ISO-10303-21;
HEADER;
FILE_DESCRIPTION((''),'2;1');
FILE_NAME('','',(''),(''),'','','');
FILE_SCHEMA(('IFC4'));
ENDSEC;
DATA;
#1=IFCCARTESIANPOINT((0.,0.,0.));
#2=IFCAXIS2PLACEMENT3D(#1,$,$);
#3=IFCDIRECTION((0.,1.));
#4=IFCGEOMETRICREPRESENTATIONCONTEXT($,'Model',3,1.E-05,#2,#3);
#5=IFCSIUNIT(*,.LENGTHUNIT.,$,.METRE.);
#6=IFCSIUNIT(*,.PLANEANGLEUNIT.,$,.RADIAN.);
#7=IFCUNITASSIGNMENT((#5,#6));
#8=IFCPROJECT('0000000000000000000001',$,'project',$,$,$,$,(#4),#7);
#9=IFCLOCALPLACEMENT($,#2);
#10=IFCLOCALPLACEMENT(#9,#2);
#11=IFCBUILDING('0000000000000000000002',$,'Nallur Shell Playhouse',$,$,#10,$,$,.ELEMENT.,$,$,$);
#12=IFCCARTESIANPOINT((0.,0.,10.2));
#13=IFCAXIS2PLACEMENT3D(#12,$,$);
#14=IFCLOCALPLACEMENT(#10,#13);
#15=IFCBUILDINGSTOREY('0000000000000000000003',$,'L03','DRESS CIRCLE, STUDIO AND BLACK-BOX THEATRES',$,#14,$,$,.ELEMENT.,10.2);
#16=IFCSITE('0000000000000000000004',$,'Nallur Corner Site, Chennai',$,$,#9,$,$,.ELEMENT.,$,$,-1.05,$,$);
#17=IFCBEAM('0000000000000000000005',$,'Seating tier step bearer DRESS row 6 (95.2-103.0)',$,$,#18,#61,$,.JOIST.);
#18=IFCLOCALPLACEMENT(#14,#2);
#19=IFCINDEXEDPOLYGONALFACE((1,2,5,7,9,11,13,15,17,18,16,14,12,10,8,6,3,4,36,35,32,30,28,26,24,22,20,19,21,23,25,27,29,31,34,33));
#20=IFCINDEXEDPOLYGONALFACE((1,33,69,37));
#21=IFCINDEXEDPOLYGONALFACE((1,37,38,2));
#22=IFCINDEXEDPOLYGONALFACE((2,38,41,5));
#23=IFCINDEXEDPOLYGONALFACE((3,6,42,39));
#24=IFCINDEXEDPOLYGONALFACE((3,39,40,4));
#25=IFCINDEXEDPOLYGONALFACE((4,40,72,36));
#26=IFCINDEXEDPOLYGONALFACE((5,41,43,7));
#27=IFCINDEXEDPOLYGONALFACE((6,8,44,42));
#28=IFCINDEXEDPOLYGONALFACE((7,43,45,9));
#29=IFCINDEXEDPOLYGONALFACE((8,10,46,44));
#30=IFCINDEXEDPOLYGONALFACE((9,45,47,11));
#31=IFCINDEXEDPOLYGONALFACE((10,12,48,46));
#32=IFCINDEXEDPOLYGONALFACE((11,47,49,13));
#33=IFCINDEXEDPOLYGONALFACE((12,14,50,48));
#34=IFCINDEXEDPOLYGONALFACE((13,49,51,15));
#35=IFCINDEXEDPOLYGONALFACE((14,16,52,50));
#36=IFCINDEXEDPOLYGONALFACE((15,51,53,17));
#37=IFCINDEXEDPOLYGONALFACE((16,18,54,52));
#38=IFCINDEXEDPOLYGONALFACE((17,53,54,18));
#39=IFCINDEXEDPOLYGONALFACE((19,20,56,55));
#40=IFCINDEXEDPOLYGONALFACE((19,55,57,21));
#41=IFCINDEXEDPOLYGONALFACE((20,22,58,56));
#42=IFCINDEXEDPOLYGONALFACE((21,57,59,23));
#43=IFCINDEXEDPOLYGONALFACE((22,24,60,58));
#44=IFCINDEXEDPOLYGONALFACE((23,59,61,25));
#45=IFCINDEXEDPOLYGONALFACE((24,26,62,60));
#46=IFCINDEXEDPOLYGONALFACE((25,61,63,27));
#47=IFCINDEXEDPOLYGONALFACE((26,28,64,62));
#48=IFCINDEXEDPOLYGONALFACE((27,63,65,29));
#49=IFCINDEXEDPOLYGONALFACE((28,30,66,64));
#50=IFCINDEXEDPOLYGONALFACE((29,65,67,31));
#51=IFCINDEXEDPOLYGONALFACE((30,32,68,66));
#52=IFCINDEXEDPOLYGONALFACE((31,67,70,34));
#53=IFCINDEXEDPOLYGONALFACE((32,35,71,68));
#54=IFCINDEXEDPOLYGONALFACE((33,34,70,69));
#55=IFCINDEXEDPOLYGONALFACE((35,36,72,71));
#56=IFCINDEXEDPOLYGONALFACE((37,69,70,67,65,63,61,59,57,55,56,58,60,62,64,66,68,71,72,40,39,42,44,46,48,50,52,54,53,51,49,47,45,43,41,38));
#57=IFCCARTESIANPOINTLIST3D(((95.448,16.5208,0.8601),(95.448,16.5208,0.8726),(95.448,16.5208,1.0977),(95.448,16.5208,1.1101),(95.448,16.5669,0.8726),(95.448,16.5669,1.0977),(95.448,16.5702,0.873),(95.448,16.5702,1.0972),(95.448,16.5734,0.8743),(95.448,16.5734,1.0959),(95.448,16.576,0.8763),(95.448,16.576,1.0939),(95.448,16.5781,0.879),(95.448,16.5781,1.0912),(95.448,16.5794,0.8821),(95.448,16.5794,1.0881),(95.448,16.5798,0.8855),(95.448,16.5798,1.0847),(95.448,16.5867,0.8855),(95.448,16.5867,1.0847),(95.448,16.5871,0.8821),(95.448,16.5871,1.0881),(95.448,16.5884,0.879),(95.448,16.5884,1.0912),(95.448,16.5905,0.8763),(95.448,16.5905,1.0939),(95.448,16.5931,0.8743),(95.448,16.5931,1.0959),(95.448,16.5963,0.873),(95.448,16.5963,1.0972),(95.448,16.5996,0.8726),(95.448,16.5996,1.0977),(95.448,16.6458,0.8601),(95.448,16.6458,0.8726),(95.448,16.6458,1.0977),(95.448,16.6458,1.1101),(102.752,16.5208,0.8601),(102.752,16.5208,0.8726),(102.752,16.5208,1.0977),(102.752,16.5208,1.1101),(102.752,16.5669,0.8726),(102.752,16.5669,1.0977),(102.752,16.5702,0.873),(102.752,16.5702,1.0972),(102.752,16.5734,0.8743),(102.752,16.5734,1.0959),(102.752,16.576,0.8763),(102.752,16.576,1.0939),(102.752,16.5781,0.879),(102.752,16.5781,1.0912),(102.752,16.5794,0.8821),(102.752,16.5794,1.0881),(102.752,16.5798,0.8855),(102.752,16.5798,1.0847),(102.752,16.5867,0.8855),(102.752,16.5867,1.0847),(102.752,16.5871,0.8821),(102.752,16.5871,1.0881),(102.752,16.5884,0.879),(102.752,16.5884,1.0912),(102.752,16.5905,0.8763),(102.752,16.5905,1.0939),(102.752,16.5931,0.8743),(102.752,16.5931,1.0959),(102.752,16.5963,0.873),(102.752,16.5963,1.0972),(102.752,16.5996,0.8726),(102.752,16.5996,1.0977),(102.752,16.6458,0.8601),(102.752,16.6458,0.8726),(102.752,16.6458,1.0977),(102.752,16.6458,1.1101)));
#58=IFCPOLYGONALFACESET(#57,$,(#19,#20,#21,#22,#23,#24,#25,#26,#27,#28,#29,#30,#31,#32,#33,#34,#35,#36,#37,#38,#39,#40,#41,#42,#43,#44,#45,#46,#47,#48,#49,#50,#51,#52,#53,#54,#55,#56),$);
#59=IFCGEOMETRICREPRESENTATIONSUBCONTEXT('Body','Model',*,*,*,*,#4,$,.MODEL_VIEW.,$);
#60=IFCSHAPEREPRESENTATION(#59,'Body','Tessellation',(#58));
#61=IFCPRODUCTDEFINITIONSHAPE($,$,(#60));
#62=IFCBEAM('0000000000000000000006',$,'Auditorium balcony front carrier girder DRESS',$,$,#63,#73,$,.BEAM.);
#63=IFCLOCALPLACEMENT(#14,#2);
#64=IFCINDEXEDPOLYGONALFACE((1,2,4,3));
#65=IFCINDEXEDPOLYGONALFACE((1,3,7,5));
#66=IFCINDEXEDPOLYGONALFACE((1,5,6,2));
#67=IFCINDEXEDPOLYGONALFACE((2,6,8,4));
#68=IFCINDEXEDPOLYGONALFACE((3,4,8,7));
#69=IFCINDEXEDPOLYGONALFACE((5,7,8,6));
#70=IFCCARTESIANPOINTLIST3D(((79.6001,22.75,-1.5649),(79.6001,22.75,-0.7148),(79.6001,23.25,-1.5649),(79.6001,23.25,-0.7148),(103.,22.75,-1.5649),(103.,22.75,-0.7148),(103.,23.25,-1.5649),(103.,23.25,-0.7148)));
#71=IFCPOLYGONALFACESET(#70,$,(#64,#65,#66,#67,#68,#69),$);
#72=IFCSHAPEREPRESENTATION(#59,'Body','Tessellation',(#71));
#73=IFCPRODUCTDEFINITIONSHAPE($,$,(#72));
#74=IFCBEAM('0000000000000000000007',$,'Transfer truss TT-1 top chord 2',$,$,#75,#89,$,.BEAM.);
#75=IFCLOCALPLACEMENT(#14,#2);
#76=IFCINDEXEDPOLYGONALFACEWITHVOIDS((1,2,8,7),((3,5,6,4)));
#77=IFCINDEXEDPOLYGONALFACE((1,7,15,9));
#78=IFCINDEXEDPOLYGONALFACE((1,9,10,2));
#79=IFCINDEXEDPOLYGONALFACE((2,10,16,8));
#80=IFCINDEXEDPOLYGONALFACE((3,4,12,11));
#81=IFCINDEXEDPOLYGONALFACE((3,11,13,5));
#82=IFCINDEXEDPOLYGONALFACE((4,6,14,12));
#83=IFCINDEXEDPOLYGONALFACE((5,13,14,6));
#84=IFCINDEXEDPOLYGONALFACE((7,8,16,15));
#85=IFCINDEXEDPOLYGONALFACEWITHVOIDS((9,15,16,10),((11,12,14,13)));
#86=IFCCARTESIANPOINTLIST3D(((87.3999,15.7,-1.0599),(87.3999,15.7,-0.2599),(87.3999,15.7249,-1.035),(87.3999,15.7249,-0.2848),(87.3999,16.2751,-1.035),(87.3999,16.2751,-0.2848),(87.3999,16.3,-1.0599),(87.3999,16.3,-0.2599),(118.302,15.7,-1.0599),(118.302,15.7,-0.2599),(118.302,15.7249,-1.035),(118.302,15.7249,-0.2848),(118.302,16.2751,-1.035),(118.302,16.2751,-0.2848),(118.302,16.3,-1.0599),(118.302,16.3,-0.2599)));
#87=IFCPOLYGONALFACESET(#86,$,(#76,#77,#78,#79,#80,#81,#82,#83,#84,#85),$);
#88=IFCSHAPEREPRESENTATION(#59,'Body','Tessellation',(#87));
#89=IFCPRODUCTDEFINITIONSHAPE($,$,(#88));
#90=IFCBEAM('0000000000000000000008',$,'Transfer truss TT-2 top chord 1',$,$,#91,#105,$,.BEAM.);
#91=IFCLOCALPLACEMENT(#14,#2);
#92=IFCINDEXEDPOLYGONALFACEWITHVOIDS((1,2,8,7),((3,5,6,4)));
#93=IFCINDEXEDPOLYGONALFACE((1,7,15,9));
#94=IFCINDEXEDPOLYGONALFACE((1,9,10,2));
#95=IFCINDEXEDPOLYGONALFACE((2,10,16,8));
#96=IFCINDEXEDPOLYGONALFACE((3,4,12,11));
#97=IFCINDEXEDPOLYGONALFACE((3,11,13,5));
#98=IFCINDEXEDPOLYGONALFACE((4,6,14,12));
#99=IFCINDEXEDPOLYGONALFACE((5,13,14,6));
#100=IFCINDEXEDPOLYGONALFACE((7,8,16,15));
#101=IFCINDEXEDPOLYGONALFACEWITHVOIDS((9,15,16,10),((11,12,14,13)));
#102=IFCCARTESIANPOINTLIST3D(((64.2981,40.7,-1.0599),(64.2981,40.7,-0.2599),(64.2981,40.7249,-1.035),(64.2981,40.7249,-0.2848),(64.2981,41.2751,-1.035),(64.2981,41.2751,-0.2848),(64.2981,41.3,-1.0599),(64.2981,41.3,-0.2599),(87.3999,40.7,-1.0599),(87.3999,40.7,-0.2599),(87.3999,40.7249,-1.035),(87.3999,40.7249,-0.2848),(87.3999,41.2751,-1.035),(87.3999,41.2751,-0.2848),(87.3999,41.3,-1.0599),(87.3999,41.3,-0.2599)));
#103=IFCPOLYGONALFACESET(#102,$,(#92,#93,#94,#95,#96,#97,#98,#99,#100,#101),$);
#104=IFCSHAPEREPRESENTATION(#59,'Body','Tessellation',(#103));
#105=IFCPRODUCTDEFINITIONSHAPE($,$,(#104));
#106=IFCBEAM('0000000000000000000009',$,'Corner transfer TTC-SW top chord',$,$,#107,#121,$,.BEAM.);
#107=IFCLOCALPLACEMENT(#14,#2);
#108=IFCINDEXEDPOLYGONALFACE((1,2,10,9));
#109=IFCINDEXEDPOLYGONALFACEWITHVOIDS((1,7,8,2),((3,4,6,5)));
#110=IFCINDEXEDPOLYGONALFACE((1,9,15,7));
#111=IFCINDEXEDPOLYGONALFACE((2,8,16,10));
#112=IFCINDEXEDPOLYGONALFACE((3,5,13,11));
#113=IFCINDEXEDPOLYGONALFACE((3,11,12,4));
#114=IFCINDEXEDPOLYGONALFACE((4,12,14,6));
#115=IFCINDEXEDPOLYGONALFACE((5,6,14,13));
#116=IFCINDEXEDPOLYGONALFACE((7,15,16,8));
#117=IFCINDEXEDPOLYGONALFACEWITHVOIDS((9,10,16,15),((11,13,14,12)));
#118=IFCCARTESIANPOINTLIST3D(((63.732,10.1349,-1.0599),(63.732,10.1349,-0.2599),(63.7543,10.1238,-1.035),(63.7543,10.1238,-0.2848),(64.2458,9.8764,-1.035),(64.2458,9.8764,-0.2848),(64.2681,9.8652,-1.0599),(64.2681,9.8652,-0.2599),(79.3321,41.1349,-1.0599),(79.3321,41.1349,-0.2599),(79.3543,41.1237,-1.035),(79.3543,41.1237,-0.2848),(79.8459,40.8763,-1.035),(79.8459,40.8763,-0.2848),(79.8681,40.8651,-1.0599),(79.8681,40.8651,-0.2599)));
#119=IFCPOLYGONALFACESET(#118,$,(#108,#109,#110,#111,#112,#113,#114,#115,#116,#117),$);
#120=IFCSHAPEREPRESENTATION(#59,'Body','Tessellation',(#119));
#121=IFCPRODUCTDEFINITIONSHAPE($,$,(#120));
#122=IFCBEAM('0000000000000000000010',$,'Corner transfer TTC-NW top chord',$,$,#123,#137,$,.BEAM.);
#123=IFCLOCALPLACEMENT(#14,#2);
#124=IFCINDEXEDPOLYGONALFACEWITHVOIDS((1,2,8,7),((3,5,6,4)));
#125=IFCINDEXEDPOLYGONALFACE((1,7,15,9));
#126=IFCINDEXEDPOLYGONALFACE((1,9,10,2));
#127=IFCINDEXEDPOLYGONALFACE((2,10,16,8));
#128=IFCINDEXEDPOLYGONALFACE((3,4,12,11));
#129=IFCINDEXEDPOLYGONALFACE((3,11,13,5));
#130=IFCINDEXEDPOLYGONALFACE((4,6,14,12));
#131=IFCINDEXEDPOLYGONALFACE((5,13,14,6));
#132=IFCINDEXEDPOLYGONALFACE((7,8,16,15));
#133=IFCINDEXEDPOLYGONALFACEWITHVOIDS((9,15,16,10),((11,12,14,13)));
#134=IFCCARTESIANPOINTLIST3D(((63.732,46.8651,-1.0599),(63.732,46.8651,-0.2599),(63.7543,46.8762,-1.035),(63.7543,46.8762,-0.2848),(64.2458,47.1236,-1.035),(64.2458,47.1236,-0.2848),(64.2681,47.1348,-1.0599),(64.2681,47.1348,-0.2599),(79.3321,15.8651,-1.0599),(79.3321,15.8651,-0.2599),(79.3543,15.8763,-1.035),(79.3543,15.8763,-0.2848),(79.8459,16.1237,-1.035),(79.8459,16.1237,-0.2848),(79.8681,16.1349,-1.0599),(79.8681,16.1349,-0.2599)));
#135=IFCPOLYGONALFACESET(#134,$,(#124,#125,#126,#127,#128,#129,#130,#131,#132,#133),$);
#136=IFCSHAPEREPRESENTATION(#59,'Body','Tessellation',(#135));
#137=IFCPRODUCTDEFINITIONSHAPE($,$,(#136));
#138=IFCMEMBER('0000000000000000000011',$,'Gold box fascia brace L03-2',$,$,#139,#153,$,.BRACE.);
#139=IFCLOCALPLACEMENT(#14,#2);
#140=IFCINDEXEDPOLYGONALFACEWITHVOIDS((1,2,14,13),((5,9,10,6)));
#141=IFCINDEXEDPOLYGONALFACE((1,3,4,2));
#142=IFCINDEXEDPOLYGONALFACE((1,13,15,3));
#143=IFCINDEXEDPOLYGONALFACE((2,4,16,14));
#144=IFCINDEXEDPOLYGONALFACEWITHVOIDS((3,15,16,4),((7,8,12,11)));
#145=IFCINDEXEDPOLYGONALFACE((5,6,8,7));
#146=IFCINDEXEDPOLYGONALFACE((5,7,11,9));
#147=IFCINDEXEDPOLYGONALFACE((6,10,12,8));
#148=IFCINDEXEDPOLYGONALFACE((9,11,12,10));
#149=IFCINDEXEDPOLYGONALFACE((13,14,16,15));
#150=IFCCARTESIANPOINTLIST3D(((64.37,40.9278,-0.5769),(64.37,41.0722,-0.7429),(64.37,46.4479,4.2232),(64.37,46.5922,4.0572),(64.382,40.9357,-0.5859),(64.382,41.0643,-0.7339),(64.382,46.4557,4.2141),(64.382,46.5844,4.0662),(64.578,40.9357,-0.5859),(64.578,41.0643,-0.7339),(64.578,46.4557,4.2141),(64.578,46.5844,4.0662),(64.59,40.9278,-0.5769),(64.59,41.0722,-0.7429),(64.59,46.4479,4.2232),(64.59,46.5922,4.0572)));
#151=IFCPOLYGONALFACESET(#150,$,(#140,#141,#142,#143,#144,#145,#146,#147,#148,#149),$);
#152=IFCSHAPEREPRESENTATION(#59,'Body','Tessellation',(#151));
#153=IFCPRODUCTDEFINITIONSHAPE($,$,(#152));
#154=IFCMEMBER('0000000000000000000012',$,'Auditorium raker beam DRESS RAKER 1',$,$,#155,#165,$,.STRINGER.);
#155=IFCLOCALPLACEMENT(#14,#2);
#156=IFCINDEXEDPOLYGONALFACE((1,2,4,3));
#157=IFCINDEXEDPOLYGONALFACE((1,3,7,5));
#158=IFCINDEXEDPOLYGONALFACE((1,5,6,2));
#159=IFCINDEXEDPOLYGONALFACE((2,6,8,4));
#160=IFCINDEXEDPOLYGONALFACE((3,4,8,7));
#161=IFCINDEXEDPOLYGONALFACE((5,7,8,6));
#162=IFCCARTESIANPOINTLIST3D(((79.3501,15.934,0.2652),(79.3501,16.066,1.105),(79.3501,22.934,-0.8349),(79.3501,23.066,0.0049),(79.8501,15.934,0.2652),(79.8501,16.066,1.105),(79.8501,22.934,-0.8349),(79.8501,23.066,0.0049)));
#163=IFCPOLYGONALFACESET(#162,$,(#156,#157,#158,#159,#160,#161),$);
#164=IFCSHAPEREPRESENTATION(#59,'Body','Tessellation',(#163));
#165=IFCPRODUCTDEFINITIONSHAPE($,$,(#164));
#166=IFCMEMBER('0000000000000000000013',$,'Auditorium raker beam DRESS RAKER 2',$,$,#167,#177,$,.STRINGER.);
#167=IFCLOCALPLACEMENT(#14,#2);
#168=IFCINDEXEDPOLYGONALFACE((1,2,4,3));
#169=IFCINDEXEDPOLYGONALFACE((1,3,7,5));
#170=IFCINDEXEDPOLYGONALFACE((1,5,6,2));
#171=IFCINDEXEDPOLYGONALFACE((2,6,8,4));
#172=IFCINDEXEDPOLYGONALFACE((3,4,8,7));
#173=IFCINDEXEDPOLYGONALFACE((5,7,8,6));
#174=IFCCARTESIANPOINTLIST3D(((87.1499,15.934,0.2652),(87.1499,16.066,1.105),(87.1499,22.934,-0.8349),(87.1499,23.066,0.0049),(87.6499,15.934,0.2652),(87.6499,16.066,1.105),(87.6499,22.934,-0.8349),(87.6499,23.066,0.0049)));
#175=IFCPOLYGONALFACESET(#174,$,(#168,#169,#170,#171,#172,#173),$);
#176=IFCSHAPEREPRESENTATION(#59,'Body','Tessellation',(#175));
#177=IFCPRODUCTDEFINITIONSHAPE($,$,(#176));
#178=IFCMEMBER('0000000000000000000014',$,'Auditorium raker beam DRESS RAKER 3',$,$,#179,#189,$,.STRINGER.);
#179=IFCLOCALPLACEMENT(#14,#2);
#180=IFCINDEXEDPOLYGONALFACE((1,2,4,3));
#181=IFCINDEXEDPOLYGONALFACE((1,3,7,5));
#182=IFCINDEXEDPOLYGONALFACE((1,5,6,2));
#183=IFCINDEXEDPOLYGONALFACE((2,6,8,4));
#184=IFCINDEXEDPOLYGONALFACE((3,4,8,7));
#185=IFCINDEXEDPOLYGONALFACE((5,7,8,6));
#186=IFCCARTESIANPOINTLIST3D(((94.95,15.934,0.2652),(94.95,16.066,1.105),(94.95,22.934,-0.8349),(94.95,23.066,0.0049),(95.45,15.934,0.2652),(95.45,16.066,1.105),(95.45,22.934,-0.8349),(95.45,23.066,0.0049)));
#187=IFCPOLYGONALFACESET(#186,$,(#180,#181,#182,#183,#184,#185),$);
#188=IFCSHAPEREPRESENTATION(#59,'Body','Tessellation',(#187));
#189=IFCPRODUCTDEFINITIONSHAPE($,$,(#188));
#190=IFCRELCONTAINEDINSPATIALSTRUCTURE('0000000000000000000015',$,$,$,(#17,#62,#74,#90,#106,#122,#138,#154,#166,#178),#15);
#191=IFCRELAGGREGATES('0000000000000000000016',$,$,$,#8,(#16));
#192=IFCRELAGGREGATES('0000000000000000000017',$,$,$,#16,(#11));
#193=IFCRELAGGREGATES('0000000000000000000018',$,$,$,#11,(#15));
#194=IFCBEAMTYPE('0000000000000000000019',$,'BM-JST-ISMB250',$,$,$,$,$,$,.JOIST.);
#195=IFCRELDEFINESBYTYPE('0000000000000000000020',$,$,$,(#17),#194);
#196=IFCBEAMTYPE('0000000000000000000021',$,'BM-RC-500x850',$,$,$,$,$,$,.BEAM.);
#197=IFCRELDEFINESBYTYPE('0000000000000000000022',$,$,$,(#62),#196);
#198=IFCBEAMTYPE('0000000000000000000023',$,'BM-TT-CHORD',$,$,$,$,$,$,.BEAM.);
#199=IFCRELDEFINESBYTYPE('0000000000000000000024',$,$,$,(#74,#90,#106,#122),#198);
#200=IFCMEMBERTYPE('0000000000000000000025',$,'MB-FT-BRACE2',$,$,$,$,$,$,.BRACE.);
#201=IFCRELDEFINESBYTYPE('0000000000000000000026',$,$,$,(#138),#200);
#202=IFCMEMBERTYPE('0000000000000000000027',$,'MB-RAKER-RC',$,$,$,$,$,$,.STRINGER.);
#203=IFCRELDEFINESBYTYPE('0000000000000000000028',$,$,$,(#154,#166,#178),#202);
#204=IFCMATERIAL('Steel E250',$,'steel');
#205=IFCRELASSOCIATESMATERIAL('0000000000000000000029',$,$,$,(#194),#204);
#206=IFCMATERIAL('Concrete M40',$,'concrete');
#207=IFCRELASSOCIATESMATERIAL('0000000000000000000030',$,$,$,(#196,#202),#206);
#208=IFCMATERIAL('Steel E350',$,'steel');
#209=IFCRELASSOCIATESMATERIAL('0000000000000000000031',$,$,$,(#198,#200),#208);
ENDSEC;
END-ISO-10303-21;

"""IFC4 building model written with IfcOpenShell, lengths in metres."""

from ifc_helpers import new_model, si_unit, direction, frame, origin, origin_2d, place, context, subcontext, project, spatial, rectangle, hollow_rectangle, i_section, extrude, material, material_profile, profile_set, type_object, element, save


model = new_model("IFC4")

# Units and contexts
model_context = context("Model", 3, precision=1e-05, world=origin(), true_north=direction((0.0, 1.0)))
body_context = subcontext(model_context, "Body", "Model", "MODEL_VIEW")
ifc_project = project(units=[si_unit("LENGTHUNIT", "METRE"), si_unit("PLANEANGLEUNIT", "RADIAN")], contexts=[model_context])

# Site, building, storey
site_placement = place(None, origin())
site = spatial("IfcSite", under=ifc_project, at=site_placement, Name="Nallur Corner Site, Chennai", CompositionType="ELEMENT", RefElevation=-1.05)
building_placement = place(site_placement, origin())
building = spatial("IfcBuilding", under=site, at=building_placement, Name="Nallur Shell Playhouse", CompositionType="ELEMENT")
storey_placement = place(building_placement, frame((0.0, 0.0, 10.2)))
storey = spatial("IfcBuildingStorey", under=building, at=storey_placement, Name="L03", Description="DRESS CIRCLE, STUDIO AND BLACK-BOX THEATRES", CompositionType="ELEMENT", Elevation=10.2)

# Beams
ifc_material_1 = material(Name="Steel E250", Category="steel")
ifc_material_profile_1 = material_profile(ifc_material_1, i_section(OverallWidth=0.125, OverallDepth=0.25, WebThickness=0.0068, FlangeThickness=0.0125, FilletRadius=0.0129, at=origin_2d()), Name="ISMB 250")
ifc_profile_set_1 = profile_set([ifc_material_profile_1], Name="Steel E250")
beam_type_1 = type_object("IfcBeamType", Name="BM-JST-ISMB250", PredefinedType="JOIST", material=ifc_profile_set_1)
for number, where, z_axis, x_axis, name in (
    (1, (95.448, 16.5833, 0.9851), (1.0, 0.0, 0.0), (0.0, 1.0, 0.0), "Seating tier step bearer DRESS row 6 (95.2-103.0)"),
):
    element("IfcBeam", number, at=place(storey_placement, frame(where, z_axis=z_axis, x_axis=x_axis)), inside=storey, type_object=beam_type_1, Name=name, PredefinedType="JOIST", context=body_context, shape_type="SweptSolid", body=[
        extrude(i_section(OverallWidth=0.125, OverallDepth=0.25, WebThickness=0.0068, FlangeThickness=0.0125, FilletRadius=0.0129, at=origin_2d()), origin(), (0.0, 0.0, 1.0), 7.304),
    ])
ifc_material_2 = material(Name="Concrete M40", Category="concrete")
ifc_material_profile_2 = material_profile(ifc_material_2, rectangle(XDim=0.5, YDim=0.8501, at=origin_2d()), Name="RC 500x850")
ifc_profile_set_2 = profile_set([ifc_material_profile_2], Name="Concrete M40")
beam_type_2 = type_object("IfcBeamType", Name="BM-RC-500x850", PredefinedType="BEAM", material=ifc_profile_set_2)
beam_1_placement = place(storey_placement, frame((79.6001, 23.0, -1.1399), z_axis=(1.0, 0.0, 0.0), x_axis=(0.0, 1.0, 0.0)))
element("IfcBeam", 2, at=beam_1_placement, inside=storey, type_object=beam_type_2, Name="Auditorium balcony front carrier girder DRESS", PredefinedType="BEAM", context=body_context, shape_type="SweptSolid", body=[
    extrude(rectangle(XDim=0.5, YDim=0.8501, at=origin_2d()), origin(), (0.0, 0.0, 1.0), 23.3999),
])
ifc_material_3 = material(Name="Steel E350", Category="steel")
ifc_material_profile_3 = material_profile(ifc_material_3, hollow_rectangle(XDim=0.6001, YDim=0.8, WallThickness=0.0249, at=origin_2d()), Name="BOX 600x800x25")
ifc_profile_set_3 = profile_set([ifc_material_profile_3], Name="Steel E350")
beam_type_3 = type_object("IfcBeamType", Name="BM-TT-CHORD", PredefinedType="BEAM", material=ifc_profile_set_3)
beam_2_placement = place(storey_placement, frame((87.3999, 16.0, -0.6599), z_axis=(1.0, 0.0, 0.0), x_axis=(0.0, 1.0, 0.0)))
element("IfcBeam", 3, at=beam_2_placement, inside=storey, type_object=beam_type_3, Name="Transfer truss TT-1 top chord 2", PredefinedType="BEAM", context=body_context, shape_type="SweptSolid", body=[
    extrude(hollow_rectangle(XDim=0.6001, YDim=0.8, WallThickness=0.0249, at=origin_2d()), origin(), (0.0, 0.0, 1.0), 30.9021),
])
beam_3_placement = place(storey_placement, frame((64.2981, 41.0, -0.6599), z_axis=(1.0, 0.0, 0.0), x_axis=(0.0, 1.0, 0.0)))
element("IfcBeam", 4, at=beam_3_placement, inside=storey, type_object=beam_type_3, Name="Transfer truss TT-2 top chord 1", PredefinedType="BEAM", context=body_context, shape_type="SweptSolid", body=[
    extrude(hollow_rectangle(XDim=0.6001, YDim=0.8, WallThickness=0.0249, at=origin_2d()), origin(), (0.0, 0.0, 1.0), 23.1018),
])
for number, where, z_axis, x_axis, name in (
    (5, (79.6001, 41.0, -0.6599), (-0.44952, -0.89327, 0.0), (0.89327, -0.44952, 0.0), "Corner transfer TTC-SW top chord"),
    (6, (79.6001, 16.0, -0.6599), (-0.44952, 0.89327, 0.0), (-0.89327, -0.44952, 0.0), "Corner transfer TTC-NW top chord"),
):
    element("IfcBeam", number, at=place(storey_placement, frame(where, z_axis=z_axis, x_axis=x_axis)), inside=storey, type_object=beam_type_3, Name=name, PredefinedType="BEAM", context=body_context, shape_type="SweptSolid", body=[
        extrude(hollow_rectangle(XDim=0.6001, YDim=0.8, WallThickness=0.0249, at=origin_2d()), origin(), (0.0, 0.0, 1.0), 34.7039),
    ])

# Members
ifc_material_profile_4 = material_profile(ifc_material_3, hollow_rectangle(XDim=0.22, YDim=0.22, WallThickness=0.012, at=origin_2d()), Name="SHS 220x220x12")
ifc_profile_set_4 = profile_set([ifc_material_profile_4], Name="Steel E350")
member_type_1 = type_object("IfcMemberType", Name="MB-FT-BRACE2", PredefinedType="BRACE", material=ifc_profile_set_4)
member_placement = place(storey_placement, frame((64.48, 41.0, -0.6599), z_axis=(0.0, 0.754603, 0.656181), x_axis=(-1.0, 0.0, 0.0)))
element("IfcMember", 7, at=member_placement, inside=storey, type_object=member_type_1, Name="Gold box fascia brace L03-2", PredefinedType="BRACE", context=body_context, shape_type="SweptSolid", body=[
    extrude(hollow_rectangle(XDim=0.22, YDim=0.22, WallThickness=0.012, at=origin_2d()), origin(), (0.0, 0.0, 1.0), 7.3152),
])
ifc_material_profile_5 = material_profile(ifc_material_2, rectangle(XDim=0.5, YDim=0.8501, at=origin_2d()), Name="RC 500x850")
ifc_profile_set_5 = profile_set([ifc_material_profile_5], Name="Concrete M40")
member_type_2 = type_object("IfcMemberType", Name="MB-RAKER-RC", PredefinedType="STRINGER", material=ifc_profile_set_5)
for number, where, z_axis, x_axis, name in (
    (8, (79.6001, 23.0, -0.415), (0.0, -0.987875, 0.155251), (1.0, 0.0, 0.0), "Auditorium raker beam DRESS RAKER 1"),
    (9, (87.3999, 23.0, -0.415), (0.0, -0.987875, 0.155251), (1.0, 0.0, 0.0), "Auditorium raker beam DRESS RAKER 2"),
    (10, (95.2, 23.0, -0.415), (0.0, -0.987875, 0.155251), (1.0, 0.0, 0.0), "Auditorium raker beam DRESS RAKER 3"),
):
    element("IfcMember", number, at=place(storey_placement, frame(where, z_axis=z_axis, x_axis=x_axis)), inside=storey, type_object=member_type_2, Name=name, PredefinedType="STRINGER", context=body_context, shape_type="SweptSolid", body=[
        extrude(rectangle(XDim=0.5, YDim=0.8501, at=origin_2d()), origin(), (0.0, 0.0, 1.0), 7.0859),
    ])

save(model, "model.ifc")
